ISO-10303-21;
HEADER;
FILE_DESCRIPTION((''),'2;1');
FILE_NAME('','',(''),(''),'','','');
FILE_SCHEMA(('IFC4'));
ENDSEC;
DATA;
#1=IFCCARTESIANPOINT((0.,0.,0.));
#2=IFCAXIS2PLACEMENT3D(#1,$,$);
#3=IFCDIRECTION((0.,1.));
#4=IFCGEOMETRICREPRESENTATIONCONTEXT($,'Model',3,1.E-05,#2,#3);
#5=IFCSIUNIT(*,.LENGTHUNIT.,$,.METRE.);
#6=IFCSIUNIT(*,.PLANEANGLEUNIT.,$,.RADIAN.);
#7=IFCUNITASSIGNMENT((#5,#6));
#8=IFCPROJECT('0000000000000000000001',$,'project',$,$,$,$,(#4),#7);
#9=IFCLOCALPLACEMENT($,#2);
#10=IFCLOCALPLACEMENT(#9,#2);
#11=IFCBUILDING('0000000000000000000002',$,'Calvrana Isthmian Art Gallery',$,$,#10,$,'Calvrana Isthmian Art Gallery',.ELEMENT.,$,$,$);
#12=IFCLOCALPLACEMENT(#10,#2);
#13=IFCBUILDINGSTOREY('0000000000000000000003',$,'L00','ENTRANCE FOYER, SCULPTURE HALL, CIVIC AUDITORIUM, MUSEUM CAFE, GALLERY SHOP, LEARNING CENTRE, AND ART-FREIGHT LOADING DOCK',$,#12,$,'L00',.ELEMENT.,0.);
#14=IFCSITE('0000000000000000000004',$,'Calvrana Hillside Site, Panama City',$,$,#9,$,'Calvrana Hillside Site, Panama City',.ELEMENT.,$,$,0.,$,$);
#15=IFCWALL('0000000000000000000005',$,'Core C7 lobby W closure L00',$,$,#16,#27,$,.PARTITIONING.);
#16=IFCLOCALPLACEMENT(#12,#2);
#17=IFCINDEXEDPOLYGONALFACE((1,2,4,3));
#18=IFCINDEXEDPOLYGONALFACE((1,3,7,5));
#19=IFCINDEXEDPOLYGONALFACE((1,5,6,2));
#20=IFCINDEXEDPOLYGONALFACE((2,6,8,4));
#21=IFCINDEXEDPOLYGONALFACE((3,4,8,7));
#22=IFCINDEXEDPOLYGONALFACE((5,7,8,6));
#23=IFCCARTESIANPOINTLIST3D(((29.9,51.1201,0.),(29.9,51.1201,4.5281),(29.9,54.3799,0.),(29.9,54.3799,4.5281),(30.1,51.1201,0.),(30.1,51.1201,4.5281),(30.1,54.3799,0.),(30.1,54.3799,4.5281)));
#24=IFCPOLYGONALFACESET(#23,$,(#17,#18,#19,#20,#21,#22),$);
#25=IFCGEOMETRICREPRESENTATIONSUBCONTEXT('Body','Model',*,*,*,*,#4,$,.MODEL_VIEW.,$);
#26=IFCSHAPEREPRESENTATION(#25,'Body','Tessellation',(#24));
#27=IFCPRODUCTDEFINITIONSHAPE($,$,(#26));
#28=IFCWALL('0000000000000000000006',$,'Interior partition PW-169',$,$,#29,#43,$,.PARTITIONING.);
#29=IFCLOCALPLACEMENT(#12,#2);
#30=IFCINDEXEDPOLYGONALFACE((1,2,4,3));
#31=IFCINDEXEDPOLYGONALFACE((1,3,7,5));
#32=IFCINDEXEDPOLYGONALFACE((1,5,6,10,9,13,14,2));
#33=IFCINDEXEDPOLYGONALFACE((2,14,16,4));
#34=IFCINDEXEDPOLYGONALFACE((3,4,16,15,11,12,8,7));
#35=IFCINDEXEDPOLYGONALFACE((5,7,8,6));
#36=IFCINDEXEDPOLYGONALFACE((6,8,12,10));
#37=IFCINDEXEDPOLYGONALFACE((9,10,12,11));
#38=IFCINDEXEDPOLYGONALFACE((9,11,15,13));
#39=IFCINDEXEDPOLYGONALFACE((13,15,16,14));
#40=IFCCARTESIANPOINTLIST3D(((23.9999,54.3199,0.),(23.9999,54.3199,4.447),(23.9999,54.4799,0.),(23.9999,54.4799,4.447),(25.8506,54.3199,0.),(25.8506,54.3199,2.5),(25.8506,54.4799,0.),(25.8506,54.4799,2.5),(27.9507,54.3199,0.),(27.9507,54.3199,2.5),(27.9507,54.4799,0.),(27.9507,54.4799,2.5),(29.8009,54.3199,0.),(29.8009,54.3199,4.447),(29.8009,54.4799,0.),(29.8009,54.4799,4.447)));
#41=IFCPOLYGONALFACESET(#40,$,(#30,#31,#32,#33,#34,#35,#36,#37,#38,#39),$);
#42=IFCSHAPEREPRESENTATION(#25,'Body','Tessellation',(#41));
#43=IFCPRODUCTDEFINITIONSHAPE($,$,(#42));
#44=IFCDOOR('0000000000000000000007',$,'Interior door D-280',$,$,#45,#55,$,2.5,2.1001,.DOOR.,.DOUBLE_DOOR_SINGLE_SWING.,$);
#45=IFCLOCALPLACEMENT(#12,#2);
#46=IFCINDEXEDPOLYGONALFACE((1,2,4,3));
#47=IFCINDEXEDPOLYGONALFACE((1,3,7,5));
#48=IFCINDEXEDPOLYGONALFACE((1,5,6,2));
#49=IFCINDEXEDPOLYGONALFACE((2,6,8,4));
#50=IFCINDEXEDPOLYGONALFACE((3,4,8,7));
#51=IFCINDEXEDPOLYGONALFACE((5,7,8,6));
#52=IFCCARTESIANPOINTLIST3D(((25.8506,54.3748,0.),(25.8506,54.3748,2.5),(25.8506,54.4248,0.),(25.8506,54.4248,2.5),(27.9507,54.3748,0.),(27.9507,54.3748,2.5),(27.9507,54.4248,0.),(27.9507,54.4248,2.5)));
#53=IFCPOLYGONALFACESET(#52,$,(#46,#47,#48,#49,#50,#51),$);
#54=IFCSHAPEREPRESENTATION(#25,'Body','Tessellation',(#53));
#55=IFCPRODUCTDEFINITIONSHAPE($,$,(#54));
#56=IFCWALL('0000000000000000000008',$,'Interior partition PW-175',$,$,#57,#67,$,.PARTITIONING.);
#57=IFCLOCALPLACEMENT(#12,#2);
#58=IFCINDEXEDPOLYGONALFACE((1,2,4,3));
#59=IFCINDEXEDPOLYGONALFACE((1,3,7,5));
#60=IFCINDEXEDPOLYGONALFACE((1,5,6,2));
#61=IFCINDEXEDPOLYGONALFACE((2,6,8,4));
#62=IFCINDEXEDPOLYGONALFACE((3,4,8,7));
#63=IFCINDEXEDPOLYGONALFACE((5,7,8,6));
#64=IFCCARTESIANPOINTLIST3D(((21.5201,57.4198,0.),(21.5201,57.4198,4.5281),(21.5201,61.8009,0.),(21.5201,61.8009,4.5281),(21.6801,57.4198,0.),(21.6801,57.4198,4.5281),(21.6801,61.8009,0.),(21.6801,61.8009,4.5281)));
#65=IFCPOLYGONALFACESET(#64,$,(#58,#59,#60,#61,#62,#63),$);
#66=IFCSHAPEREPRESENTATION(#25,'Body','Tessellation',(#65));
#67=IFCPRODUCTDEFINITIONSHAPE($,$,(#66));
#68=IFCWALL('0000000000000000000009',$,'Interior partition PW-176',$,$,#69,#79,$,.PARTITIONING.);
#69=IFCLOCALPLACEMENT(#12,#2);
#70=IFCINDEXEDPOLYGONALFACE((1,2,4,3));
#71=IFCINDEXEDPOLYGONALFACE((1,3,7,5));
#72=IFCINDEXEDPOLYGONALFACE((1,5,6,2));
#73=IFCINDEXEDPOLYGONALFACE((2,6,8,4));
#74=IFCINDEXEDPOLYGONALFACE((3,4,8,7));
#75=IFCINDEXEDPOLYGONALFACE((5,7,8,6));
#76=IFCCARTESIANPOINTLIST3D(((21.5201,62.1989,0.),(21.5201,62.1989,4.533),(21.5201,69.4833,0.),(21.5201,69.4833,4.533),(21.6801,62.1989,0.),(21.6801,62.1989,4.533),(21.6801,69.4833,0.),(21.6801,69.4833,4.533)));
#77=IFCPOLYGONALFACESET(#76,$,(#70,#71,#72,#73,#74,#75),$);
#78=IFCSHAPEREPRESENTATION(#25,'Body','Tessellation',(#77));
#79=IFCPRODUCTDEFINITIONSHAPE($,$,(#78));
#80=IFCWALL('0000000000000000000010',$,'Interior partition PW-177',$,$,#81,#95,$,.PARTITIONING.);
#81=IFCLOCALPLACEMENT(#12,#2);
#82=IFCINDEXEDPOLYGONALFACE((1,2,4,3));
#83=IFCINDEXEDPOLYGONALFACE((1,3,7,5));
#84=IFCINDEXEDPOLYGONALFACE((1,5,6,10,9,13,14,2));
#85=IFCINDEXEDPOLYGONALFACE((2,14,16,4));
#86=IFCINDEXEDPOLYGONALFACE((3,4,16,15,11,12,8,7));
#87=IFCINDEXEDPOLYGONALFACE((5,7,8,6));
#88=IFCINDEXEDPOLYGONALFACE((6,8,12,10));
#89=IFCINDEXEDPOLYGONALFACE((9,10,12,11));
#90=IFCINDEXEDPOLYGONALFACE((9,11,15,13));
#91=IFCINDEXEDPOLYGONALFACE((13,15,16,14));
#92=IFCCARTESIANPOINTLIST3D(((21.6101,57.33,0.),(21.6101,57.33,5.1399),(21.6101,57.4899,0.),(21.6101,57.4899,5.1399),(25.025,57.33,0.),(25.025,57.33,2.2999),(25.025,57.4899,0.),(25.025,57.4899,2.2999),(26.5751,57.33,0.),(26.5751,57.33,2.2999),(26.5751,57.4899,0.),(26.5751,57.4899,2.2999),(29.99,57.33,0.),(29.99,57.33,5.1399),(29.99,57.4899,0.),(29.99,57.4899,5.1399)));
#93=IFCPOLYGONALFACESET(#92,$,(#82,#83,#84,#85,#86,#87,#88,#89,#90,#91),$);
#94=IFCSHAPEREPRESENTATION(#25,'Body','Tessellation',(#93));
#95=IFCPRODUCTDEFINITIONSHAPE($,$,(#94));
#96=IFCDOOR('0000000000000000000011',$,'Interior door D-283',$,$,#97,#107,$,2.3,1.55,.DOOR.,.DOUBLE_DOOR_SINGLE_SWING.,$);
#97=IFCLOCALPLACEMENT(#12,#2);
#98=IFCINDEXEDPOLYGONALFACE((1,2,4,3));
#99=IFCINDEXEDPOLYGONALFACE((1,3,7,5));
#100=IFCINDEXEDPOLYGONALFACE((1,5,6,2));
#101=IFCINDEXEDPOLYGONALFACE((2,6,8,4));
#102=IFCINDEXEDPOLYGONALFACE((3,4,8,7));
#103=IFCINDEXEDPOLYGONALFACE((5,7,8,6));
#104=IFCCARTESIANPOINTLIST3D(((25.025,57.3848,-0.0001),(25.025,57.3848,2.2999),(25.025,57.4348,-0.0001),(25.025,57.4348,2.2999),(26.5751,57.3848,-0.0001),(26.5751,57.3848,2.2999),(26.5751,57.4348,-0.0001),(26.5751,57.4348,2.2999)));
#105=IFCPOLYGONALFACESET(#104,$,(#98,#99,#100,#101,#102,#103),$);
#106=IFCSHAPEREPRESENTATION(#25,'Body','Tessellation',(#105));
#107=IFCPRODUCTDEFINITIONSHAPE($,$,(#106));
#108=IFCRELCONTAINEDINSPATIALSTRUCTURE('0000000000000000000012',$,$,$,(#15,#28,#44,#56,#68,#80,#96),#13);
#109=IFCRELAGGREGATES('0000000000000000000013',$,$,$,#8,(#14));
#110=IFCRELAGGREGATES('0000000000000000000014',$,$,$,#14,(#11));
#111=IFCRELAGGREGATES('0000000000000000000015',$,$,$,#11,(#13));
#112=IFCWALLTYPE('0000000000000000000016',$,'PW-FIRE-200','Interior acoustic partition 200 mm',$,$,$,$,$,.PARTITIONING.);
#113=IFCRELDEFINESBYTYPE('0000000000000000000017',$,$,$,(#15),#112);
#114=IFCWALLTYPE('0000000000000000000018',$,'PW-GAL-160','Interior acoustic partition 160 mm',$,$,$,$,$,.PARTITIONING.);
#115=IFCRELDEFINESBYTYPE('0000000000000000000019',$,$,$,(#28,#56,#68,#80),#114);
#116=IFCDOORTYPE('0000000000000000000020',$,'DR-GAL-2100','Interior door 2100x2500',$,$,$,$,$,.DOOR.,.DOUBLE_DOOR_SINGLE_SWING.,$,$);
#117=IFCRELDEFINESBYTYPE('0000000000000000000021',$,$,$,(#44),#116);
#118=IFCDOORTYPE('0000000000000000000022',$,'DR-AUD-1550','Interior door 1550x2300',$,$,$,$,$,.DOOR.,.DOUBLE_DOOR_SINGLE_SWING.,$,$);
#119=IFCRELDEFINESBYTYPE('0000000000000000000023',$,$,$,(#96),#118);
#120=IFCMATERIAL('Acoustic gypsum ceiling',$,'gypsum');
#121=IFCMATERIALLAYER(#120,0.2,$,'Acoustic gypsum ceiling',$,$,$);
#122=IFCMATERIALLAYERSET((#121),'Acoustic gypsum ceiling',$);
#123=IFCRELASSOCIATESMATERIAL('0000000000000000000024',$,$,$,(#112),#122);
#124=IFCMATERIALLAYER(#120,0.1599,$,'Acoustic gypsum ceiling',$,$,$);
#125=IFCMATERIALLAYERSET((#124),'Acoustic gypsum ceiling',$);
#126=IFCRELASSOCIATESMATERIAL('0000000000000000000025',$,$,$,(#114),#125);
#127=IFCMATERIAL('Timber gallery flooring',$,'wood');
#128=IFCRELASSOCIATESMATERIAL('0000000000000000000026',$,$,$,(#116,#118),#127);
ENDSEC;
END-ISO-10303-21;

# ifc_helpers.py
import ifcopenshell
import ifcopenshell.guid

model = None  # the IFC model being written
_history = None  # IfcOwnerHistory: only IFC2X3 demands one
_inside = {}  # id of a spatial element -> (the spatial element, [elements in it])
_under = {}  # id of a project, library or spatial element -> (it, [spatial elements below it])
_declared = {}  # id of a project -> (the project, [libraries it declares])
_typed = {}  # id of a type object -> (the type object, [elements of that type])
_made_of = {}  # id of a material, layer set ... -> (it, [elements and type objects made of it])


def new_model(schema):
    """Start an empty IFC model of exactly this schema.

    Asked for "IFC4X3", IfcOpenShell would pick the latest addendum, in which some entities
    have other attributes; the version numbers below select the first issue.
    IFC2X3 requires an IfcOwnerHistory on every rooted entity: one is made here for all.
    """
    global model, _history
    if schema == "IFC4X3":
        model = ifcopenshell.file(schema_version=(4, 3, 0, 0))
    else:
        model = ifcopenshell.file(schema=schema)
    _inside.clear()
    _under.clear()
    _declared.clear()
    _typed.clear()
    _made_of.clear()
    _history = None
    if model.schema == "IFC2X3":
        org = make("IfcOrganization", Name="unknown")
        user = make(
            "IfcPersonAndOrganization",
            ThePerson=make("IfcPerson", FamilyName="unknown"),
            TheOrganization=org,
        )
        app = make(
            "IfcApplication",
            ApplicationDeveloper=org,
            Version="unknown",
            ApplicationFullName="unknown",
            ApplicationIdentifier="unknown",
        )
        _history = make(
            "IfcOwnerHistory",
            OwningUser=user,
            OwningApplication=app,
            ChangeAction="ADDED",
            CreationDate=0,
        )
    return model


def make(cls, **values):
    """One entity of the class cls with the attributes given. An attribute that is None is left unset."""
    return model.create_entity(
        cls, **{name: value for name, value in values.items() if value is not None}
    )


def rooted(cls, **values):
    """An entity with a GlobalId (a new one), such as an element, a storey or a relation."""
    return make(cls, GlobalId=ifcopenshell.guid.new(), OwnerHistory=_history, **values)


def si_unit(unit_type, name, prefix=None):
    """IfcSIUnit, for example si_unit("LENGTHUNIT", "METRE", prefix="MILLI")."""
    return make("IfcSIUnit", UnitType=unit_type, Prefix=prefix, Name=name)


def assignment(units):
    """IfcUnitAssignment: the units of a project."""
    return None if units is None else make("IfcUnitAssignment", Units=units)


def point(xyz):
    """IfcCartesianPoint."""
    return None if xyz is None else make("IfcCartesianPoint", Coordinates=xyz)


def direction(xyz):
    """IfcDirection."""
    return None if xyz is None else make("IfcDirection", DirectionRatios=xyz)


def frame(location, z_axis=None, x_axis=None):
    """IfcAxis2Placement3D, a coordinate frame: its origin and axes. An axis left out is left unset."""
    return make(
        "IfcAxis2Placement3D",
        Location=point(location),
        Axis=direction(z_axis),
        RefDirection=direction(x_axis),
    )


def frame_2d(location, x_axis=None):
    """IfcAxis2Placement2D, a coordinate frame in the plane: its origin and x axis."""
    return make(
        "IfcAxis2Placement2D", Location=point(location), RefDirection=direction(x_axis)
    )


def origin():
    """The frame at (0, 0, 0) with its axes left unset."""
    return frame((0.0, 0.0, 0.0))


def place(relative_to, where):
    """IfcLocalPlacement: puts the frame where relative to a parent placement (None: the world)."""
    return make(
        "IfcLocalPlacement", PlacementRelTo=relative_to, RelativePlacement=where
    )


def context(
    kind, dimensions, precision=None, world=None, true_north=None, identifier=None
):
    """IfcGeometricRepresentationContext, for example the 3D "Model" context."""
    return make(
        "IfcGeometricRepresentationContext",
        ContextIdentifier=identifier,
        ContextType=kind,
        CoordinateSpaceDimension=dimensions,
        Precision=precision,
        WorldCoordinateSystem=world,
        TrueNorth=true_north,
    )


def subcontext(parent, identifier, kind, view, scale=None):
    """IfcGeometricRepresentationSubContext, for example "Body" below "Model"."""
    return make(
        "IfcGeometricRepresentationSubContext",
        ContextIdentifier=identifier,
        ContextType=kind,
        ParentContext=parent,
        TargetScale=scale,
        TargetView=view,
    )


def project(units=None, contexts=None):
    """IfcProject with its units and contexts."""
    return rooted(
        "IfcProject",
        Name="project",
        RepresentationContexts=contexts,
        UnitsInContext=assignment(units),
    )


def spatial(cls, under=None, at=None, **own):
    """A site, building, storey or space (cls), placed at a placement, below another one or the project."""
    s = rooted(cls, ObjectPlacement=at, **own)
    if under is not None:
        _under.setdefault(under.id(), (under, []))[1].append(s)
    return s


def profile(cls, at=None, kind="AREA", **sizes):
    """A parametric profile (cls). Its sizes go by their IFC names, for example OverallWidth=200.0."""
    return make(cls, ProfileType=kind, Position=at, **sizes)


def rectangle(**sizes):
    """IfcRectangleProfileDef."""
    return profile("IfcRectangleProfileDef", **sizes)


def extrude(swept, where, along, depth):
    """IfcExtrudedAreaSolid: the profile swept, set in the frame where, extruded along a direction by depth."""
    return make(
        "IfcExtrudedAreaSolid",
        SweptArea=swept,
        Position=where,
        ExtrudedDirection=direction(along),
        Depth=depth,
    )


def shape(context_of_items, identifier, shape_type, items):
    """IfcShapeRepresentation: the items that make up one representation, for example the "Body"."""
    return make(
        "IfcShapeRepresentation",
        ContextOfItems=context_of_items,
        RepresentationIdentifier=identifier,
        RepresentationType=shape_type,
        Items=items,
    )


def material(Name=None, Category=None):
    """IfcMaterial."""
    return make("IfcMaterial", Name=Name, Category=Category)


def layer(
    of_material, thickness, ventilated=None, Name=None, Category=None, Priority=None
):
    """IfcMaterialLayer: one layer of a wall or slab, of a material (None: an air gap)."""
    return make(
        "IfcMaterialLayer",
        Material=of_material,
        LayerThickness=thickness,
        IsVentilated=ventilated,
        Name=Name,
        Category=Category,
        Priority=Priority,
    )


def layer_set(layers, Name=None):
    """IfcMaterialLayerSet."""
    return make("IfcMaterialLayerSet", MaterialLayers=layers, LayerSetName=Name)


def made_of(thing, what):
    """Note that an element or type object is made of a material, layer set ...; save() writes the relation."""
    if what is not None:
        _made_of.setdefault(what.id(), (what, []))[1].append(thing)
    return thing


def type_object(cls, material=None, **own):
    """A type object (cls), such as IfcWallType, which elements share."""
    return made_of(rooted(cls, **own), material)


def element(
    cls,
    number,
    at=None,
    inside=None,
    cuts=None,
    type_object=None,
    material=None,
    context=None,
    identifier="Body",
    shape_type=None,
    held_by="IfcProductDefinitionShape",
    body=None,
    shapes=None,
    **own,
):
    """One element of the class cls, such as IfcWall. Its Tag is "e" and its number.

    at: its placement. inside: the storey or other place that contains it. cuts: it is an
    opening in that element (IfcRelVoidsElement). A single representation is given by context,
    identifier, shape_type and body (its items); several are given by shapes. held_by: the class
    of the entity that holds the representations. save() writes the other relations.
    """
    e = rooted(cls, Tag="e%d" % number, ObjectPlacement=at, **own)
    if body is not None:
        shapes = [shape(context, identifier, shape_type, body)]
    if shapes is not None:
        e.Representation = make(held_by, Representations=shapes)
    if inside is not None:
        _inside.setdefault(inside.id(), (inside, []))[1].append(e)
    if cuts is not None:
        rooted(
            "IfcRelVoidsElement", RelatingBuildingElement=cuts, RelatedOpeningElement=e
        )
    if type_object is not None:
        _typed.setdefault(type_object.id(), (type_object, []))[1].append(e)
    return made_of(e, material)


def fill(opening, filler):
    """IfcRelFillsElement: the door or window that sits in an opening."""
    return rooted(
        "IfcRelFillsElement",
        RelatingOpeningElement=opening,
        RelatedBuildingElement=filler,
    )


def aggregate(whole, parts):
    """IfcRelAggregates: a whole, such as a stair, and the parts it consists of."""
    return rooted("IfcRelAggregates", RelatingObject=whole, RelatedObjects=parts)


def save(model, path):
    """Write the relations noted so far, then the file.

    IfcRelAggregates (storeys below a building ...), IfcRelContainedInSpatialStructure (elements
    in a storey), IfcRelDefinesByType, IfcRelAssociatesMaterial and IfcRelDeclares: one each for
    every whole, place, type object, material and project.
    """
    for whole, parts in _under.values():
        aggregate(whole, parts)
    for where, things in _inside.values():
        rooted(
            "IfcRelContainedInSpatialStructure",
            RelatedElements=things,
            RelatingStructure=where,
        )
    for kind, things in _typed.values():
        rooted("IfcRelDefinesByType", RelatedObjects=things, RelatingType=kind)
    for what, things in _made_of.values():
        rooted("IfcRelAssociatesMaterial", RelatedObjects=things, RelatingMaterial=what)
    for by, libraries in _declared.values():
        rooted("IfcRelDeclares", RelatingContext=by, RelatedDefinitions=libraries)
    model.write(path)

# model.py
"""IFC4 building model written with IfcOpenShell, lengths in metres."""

from ifc_helpers import new_model, si_unit, direction, frame, frame_2d, origin, place, context, subcontext, project, spatial, rectangle, extrude, material, layer, layer_set, type_object, element, fill, save


model = new_model("IFC4")

# Units and contexts
model_context = context("Model", 3, precision=1e-05, world=origin(), true_north=direction((0.0, 1.0)))
body_context = subcontext(model_context, "Body", "Model", "MODEL_VIEW")
ifc_project = project(units=[si_unit("LENGTHUNIT", "METRE"), si_unit("PLANEANGLEUNIT", "RADIAN")], contexts=[model_context])

# Site, building, storey
site_placement = place(None, origin())
site = spatial("IfcSite", under=ifc_project, at=site_placement, Name="Calvrana Hillside Site, Panama City", LongName="Calvrana Hillside Site, Panama City", CompositionType="ELEMENT", RefElevation=0.0)
building_placement = place(site_placement, origin())
building = spatial("IfcBuilding", under=site, at=building_placement, Name="Calvrana Isthmian Art Gallery", LongName="Calvrana Isthmian Art Gallery", CompositionType="ELEMENT")
storey_placement = place(building_placement, origin())
storey = spatial("IfcBuildingStorey", under=building, at=storey_placement, Name="L00", Description="ENTRANCE FOYER, SCULPTURE HALL, CIVIC AUDITORIUM, MUSEUM CAFE, GALLERY SHOP, LEARNING CENTRE, AND ART-FREIGHT LOADING DOCK", LongName="L00", CompositionType="ELEMENT", Elevation=0.0)

# Shared definitions
ifc_material_1 = material(Name="Acoustic gypsum ceiling", Category="gypsum")

# Wall
ifc_layer_1 = layer(ifc_material_1, 0.2, Name="Acoustic gypsum ceiling")
ifc_layer_set_1 = layer_set([ifc_layer_1], Name="Acoustic gypsum ceiling")
wall_type_1 = type_object("IfcWallType", Name="PW-FIRE-200", Description="Interior acoustic partition 200 mm", PredefinedType="PARTITIONING", material=ifc_layer_set_1)
wall_1_placement = place(storey_placement, frame((30.0, 51.1201, 0.0), z_axis=(0.0, 0.0, 1.0), x_axis=(0.0, 1.0, 0.0)))
element("IfcWall", 1, at=wall_1_placement, inside=storey, type_object=wall_type_1, Name="Core C7 lobby W closure L00", PredefinedType="PARTITIONING", context=body_context, shape_type="SweptSolid", body=[
    extrude(rectangle(XDim=3.2598, YDim=0.2, at=frame_2d((1.6299, 0.0))), origin(), (0.0, 0.0, 1.0), 4.5281),
])

# Wall, opening, door
ifc_layer_2 = layer(ifc_material_1, 0.1599, Name="Acoustic gypsum ceiling")
ifc_layer_set_2 = layer_set([ifc_layer_2], Name="Acoustic gypsum ceiling")
wall_type_2 = type_object("IfcWallType", Name="PW-GAL-160", Description="Interior acoustic partition 160 mm", PredefinedType="PARTITIONING", material=ifc_layer_set_2)
wall_2_placement = place(storey_placement, frame((24.0, 54.3999, 0.0), z_axis=(0.0, 0.0, 1.0), x_axis=(1.0, 0.0, 0.0)))
wall_2 = element("IfcWall", 2, at=wall_2_placement, inside=storey, type_object=wall_type_2, Name="Interior partition PW-169", PredefinedType="PARTITIONING", context=body_context, shape_type="SweptSolid", body=[
    extrude(rectangle(XDim=5.801, YDim=0.1599, at=frame_2d((2.9004, 0.0))), origin(), (0.0, 0.0, 1.0), 4.447),
])
opening_1_placement = place(wall_2_placement, frame((1.8506, 0.0, 0.0)))
opening_1 = element("IfcOpeningElement", 3, at=opening_1_placement, cuts=wall_2, PredefinedType="OPENING", context=body_context, shape_type="SweptSolid", body=[
    extrude(rectangle(XDim=2.1001, YDim=2.5, at=frame_2d((1.05, 1.25))), frame((0.0, 0.0903, 0.0), z_axis=(0.0, -1.0, 0.0), x_axis=(1.0, 0.0, 0.0)), (0.0, 0.0, 1.0), 0.1804),
])
ifc_material_2 = material(Name="Timber gallery flooring", Category="wood")
door_type_1 = type_object("IfcDoorType", Name="DR-GAL-2100", Description="Interior door 2100x2500", OperationType="DOUBLE_DOOR_SINGLE_SWING", PredefinedType="DOOR", material=ifc_material_2)
door_1_placement = place(opening_1_placement, origin())
door_1 = element("IfcDoor", 4, at=door_1_placement, inside=storey, type_object=door_type_1, Name="Interior door D-280", OperationType="DOUBLE_DOOR_SINGLE_SWING", OverallHeight=2.5, OverallWidth=2.1001, PredefinedType="DOOR", context=body_context, shape_type="SweptSolid", body=[
    extrude(rectangle(XDim=2.1001, YDim=2.5, at=frame_2d((1.05, 1.25))), frame((0.0, 0.0249, 0.0), z_axis=(0.0, -1.0, 0.0), x_axis=(1.0, 0.0, 0.0)), (0.0, 0.0, 1.0), 0.05),
])
fill(opening_1, door_1)

# Walls
wall_3_placement = place(storey_placement, frame((21.6001, 57.4199, 0.0), z_axis=(0.0, 0.0, 1.0), x_axis=(0.0, 1.0, 0.0)))
element("IfcWall", 5, at=wall_3_placement, inside=storey, type_object=wall_type_2, Name="Interior partition PW-175", PredefinedType="PARTITIONING", context=body_context, shape_type="SweptSolid", body=[
    extrude(rectangle(XDim=4.3811, YDim=0.1599, at=frame_2d((2.1904, 0.0))), origin(), (0.0, 0.0, 1.0), 4.5281),
])
wall_4_placement = place(storey_placement, frame((21.6001, 62.199, 0.0), z_axis=(0.0, 0.0, 1.0), x_axis=(0.0, 1.0, 0.0)))
element("IfcWall", 6, at=wall_4_placement, inside=storey, type_object=wall_type_2, Name="Interior partition PW-176", PredefinedType="PARTITIONING", context=body_context, shape_type="SweptSolid", body=[
    extrude(rectangle(XDim=7.2844, YDim=0.1599, at=frame_2d((3.6421, 0.0))), origin(), (0.0, 0.0, 1.0), 4.533),
])

# Wall, opening, door
wall_5_placement = place(storey_placement, frame((21.6101, 57.4099, 0.0), z_axis=(0.0, 0.0, 1.0), x_axis=(1.0, 0.0, 0.0)))
wall_5 = element("IfcWall", 7, at=wall_5_placement, inside=storey, type_object=wall_type_2, Name="Interior partition PW-177", PredefinedType="PARTITIONING", context=body_context, shape_type="SweptSolid", body=[
    extrude(rectangle(XDim=8.3799, YDim=0.1599, at=frame_2d((4.1899, 0.0))), origin(), (0.0, 0.0, 1.0), 5.1399),
])
opening_2_placement = place(wall_5_placement, frame((3.415, 0.0, 0.0)))
opening_2 = element("IfcOpeningElement", 8, at=opening_2_placement, cuts=wall_5, PredefinedType="OPENING", context=body_context, shape_type="SweptSolid", body=[
    extrude(rectangle(XDim=1.55, YDim=2.3, at=frame_2d((0.7749, 1.1499))), frame((0.0, 0.0903, 0.0), z_axis=(0.0, -1.0, 0.0), x_axis=(1.0, 0.0, 0.0)), (0.0, 0.0, 1.0), 0.1804),
])
door_type_2 = type_object("IfcDoorType", Name="DR-AUD-1550", Description="Interior door 1550x2300", OperationType="DOUBLE_DOOR_SINGLE_SWING", PredefinedType="DOOR", material=ifc_material_2)
door_2_placement = place(opening_2_placement, origin())
door_2 = element("IfcDoor", 9, at=door_2_placement, inside=storey, type_object=door_type_2, Name="Interior door D-283", OperationType="DOUBLE_DOOR_SINGLE_SWING", OverallHeight=2.3, OverallWidth=1.55, PredefinedType="DOOR", context=body_context, shape_type="SweptSolid", body=[
    extrude(rectangle(XDim=1.55, YDim=2.3, at=frame_2d((0.7749, 1.1499))), frame((0.0, 0.0249, 0.0), z_axis=(0.0, -1.0, 0.0), x_axis=(1.0, 0.0, 0.0)), (0.0, 0.0, 1.0), 0.05),
])
fill(opening_2, door_2)

save(model, "model.ifc")
